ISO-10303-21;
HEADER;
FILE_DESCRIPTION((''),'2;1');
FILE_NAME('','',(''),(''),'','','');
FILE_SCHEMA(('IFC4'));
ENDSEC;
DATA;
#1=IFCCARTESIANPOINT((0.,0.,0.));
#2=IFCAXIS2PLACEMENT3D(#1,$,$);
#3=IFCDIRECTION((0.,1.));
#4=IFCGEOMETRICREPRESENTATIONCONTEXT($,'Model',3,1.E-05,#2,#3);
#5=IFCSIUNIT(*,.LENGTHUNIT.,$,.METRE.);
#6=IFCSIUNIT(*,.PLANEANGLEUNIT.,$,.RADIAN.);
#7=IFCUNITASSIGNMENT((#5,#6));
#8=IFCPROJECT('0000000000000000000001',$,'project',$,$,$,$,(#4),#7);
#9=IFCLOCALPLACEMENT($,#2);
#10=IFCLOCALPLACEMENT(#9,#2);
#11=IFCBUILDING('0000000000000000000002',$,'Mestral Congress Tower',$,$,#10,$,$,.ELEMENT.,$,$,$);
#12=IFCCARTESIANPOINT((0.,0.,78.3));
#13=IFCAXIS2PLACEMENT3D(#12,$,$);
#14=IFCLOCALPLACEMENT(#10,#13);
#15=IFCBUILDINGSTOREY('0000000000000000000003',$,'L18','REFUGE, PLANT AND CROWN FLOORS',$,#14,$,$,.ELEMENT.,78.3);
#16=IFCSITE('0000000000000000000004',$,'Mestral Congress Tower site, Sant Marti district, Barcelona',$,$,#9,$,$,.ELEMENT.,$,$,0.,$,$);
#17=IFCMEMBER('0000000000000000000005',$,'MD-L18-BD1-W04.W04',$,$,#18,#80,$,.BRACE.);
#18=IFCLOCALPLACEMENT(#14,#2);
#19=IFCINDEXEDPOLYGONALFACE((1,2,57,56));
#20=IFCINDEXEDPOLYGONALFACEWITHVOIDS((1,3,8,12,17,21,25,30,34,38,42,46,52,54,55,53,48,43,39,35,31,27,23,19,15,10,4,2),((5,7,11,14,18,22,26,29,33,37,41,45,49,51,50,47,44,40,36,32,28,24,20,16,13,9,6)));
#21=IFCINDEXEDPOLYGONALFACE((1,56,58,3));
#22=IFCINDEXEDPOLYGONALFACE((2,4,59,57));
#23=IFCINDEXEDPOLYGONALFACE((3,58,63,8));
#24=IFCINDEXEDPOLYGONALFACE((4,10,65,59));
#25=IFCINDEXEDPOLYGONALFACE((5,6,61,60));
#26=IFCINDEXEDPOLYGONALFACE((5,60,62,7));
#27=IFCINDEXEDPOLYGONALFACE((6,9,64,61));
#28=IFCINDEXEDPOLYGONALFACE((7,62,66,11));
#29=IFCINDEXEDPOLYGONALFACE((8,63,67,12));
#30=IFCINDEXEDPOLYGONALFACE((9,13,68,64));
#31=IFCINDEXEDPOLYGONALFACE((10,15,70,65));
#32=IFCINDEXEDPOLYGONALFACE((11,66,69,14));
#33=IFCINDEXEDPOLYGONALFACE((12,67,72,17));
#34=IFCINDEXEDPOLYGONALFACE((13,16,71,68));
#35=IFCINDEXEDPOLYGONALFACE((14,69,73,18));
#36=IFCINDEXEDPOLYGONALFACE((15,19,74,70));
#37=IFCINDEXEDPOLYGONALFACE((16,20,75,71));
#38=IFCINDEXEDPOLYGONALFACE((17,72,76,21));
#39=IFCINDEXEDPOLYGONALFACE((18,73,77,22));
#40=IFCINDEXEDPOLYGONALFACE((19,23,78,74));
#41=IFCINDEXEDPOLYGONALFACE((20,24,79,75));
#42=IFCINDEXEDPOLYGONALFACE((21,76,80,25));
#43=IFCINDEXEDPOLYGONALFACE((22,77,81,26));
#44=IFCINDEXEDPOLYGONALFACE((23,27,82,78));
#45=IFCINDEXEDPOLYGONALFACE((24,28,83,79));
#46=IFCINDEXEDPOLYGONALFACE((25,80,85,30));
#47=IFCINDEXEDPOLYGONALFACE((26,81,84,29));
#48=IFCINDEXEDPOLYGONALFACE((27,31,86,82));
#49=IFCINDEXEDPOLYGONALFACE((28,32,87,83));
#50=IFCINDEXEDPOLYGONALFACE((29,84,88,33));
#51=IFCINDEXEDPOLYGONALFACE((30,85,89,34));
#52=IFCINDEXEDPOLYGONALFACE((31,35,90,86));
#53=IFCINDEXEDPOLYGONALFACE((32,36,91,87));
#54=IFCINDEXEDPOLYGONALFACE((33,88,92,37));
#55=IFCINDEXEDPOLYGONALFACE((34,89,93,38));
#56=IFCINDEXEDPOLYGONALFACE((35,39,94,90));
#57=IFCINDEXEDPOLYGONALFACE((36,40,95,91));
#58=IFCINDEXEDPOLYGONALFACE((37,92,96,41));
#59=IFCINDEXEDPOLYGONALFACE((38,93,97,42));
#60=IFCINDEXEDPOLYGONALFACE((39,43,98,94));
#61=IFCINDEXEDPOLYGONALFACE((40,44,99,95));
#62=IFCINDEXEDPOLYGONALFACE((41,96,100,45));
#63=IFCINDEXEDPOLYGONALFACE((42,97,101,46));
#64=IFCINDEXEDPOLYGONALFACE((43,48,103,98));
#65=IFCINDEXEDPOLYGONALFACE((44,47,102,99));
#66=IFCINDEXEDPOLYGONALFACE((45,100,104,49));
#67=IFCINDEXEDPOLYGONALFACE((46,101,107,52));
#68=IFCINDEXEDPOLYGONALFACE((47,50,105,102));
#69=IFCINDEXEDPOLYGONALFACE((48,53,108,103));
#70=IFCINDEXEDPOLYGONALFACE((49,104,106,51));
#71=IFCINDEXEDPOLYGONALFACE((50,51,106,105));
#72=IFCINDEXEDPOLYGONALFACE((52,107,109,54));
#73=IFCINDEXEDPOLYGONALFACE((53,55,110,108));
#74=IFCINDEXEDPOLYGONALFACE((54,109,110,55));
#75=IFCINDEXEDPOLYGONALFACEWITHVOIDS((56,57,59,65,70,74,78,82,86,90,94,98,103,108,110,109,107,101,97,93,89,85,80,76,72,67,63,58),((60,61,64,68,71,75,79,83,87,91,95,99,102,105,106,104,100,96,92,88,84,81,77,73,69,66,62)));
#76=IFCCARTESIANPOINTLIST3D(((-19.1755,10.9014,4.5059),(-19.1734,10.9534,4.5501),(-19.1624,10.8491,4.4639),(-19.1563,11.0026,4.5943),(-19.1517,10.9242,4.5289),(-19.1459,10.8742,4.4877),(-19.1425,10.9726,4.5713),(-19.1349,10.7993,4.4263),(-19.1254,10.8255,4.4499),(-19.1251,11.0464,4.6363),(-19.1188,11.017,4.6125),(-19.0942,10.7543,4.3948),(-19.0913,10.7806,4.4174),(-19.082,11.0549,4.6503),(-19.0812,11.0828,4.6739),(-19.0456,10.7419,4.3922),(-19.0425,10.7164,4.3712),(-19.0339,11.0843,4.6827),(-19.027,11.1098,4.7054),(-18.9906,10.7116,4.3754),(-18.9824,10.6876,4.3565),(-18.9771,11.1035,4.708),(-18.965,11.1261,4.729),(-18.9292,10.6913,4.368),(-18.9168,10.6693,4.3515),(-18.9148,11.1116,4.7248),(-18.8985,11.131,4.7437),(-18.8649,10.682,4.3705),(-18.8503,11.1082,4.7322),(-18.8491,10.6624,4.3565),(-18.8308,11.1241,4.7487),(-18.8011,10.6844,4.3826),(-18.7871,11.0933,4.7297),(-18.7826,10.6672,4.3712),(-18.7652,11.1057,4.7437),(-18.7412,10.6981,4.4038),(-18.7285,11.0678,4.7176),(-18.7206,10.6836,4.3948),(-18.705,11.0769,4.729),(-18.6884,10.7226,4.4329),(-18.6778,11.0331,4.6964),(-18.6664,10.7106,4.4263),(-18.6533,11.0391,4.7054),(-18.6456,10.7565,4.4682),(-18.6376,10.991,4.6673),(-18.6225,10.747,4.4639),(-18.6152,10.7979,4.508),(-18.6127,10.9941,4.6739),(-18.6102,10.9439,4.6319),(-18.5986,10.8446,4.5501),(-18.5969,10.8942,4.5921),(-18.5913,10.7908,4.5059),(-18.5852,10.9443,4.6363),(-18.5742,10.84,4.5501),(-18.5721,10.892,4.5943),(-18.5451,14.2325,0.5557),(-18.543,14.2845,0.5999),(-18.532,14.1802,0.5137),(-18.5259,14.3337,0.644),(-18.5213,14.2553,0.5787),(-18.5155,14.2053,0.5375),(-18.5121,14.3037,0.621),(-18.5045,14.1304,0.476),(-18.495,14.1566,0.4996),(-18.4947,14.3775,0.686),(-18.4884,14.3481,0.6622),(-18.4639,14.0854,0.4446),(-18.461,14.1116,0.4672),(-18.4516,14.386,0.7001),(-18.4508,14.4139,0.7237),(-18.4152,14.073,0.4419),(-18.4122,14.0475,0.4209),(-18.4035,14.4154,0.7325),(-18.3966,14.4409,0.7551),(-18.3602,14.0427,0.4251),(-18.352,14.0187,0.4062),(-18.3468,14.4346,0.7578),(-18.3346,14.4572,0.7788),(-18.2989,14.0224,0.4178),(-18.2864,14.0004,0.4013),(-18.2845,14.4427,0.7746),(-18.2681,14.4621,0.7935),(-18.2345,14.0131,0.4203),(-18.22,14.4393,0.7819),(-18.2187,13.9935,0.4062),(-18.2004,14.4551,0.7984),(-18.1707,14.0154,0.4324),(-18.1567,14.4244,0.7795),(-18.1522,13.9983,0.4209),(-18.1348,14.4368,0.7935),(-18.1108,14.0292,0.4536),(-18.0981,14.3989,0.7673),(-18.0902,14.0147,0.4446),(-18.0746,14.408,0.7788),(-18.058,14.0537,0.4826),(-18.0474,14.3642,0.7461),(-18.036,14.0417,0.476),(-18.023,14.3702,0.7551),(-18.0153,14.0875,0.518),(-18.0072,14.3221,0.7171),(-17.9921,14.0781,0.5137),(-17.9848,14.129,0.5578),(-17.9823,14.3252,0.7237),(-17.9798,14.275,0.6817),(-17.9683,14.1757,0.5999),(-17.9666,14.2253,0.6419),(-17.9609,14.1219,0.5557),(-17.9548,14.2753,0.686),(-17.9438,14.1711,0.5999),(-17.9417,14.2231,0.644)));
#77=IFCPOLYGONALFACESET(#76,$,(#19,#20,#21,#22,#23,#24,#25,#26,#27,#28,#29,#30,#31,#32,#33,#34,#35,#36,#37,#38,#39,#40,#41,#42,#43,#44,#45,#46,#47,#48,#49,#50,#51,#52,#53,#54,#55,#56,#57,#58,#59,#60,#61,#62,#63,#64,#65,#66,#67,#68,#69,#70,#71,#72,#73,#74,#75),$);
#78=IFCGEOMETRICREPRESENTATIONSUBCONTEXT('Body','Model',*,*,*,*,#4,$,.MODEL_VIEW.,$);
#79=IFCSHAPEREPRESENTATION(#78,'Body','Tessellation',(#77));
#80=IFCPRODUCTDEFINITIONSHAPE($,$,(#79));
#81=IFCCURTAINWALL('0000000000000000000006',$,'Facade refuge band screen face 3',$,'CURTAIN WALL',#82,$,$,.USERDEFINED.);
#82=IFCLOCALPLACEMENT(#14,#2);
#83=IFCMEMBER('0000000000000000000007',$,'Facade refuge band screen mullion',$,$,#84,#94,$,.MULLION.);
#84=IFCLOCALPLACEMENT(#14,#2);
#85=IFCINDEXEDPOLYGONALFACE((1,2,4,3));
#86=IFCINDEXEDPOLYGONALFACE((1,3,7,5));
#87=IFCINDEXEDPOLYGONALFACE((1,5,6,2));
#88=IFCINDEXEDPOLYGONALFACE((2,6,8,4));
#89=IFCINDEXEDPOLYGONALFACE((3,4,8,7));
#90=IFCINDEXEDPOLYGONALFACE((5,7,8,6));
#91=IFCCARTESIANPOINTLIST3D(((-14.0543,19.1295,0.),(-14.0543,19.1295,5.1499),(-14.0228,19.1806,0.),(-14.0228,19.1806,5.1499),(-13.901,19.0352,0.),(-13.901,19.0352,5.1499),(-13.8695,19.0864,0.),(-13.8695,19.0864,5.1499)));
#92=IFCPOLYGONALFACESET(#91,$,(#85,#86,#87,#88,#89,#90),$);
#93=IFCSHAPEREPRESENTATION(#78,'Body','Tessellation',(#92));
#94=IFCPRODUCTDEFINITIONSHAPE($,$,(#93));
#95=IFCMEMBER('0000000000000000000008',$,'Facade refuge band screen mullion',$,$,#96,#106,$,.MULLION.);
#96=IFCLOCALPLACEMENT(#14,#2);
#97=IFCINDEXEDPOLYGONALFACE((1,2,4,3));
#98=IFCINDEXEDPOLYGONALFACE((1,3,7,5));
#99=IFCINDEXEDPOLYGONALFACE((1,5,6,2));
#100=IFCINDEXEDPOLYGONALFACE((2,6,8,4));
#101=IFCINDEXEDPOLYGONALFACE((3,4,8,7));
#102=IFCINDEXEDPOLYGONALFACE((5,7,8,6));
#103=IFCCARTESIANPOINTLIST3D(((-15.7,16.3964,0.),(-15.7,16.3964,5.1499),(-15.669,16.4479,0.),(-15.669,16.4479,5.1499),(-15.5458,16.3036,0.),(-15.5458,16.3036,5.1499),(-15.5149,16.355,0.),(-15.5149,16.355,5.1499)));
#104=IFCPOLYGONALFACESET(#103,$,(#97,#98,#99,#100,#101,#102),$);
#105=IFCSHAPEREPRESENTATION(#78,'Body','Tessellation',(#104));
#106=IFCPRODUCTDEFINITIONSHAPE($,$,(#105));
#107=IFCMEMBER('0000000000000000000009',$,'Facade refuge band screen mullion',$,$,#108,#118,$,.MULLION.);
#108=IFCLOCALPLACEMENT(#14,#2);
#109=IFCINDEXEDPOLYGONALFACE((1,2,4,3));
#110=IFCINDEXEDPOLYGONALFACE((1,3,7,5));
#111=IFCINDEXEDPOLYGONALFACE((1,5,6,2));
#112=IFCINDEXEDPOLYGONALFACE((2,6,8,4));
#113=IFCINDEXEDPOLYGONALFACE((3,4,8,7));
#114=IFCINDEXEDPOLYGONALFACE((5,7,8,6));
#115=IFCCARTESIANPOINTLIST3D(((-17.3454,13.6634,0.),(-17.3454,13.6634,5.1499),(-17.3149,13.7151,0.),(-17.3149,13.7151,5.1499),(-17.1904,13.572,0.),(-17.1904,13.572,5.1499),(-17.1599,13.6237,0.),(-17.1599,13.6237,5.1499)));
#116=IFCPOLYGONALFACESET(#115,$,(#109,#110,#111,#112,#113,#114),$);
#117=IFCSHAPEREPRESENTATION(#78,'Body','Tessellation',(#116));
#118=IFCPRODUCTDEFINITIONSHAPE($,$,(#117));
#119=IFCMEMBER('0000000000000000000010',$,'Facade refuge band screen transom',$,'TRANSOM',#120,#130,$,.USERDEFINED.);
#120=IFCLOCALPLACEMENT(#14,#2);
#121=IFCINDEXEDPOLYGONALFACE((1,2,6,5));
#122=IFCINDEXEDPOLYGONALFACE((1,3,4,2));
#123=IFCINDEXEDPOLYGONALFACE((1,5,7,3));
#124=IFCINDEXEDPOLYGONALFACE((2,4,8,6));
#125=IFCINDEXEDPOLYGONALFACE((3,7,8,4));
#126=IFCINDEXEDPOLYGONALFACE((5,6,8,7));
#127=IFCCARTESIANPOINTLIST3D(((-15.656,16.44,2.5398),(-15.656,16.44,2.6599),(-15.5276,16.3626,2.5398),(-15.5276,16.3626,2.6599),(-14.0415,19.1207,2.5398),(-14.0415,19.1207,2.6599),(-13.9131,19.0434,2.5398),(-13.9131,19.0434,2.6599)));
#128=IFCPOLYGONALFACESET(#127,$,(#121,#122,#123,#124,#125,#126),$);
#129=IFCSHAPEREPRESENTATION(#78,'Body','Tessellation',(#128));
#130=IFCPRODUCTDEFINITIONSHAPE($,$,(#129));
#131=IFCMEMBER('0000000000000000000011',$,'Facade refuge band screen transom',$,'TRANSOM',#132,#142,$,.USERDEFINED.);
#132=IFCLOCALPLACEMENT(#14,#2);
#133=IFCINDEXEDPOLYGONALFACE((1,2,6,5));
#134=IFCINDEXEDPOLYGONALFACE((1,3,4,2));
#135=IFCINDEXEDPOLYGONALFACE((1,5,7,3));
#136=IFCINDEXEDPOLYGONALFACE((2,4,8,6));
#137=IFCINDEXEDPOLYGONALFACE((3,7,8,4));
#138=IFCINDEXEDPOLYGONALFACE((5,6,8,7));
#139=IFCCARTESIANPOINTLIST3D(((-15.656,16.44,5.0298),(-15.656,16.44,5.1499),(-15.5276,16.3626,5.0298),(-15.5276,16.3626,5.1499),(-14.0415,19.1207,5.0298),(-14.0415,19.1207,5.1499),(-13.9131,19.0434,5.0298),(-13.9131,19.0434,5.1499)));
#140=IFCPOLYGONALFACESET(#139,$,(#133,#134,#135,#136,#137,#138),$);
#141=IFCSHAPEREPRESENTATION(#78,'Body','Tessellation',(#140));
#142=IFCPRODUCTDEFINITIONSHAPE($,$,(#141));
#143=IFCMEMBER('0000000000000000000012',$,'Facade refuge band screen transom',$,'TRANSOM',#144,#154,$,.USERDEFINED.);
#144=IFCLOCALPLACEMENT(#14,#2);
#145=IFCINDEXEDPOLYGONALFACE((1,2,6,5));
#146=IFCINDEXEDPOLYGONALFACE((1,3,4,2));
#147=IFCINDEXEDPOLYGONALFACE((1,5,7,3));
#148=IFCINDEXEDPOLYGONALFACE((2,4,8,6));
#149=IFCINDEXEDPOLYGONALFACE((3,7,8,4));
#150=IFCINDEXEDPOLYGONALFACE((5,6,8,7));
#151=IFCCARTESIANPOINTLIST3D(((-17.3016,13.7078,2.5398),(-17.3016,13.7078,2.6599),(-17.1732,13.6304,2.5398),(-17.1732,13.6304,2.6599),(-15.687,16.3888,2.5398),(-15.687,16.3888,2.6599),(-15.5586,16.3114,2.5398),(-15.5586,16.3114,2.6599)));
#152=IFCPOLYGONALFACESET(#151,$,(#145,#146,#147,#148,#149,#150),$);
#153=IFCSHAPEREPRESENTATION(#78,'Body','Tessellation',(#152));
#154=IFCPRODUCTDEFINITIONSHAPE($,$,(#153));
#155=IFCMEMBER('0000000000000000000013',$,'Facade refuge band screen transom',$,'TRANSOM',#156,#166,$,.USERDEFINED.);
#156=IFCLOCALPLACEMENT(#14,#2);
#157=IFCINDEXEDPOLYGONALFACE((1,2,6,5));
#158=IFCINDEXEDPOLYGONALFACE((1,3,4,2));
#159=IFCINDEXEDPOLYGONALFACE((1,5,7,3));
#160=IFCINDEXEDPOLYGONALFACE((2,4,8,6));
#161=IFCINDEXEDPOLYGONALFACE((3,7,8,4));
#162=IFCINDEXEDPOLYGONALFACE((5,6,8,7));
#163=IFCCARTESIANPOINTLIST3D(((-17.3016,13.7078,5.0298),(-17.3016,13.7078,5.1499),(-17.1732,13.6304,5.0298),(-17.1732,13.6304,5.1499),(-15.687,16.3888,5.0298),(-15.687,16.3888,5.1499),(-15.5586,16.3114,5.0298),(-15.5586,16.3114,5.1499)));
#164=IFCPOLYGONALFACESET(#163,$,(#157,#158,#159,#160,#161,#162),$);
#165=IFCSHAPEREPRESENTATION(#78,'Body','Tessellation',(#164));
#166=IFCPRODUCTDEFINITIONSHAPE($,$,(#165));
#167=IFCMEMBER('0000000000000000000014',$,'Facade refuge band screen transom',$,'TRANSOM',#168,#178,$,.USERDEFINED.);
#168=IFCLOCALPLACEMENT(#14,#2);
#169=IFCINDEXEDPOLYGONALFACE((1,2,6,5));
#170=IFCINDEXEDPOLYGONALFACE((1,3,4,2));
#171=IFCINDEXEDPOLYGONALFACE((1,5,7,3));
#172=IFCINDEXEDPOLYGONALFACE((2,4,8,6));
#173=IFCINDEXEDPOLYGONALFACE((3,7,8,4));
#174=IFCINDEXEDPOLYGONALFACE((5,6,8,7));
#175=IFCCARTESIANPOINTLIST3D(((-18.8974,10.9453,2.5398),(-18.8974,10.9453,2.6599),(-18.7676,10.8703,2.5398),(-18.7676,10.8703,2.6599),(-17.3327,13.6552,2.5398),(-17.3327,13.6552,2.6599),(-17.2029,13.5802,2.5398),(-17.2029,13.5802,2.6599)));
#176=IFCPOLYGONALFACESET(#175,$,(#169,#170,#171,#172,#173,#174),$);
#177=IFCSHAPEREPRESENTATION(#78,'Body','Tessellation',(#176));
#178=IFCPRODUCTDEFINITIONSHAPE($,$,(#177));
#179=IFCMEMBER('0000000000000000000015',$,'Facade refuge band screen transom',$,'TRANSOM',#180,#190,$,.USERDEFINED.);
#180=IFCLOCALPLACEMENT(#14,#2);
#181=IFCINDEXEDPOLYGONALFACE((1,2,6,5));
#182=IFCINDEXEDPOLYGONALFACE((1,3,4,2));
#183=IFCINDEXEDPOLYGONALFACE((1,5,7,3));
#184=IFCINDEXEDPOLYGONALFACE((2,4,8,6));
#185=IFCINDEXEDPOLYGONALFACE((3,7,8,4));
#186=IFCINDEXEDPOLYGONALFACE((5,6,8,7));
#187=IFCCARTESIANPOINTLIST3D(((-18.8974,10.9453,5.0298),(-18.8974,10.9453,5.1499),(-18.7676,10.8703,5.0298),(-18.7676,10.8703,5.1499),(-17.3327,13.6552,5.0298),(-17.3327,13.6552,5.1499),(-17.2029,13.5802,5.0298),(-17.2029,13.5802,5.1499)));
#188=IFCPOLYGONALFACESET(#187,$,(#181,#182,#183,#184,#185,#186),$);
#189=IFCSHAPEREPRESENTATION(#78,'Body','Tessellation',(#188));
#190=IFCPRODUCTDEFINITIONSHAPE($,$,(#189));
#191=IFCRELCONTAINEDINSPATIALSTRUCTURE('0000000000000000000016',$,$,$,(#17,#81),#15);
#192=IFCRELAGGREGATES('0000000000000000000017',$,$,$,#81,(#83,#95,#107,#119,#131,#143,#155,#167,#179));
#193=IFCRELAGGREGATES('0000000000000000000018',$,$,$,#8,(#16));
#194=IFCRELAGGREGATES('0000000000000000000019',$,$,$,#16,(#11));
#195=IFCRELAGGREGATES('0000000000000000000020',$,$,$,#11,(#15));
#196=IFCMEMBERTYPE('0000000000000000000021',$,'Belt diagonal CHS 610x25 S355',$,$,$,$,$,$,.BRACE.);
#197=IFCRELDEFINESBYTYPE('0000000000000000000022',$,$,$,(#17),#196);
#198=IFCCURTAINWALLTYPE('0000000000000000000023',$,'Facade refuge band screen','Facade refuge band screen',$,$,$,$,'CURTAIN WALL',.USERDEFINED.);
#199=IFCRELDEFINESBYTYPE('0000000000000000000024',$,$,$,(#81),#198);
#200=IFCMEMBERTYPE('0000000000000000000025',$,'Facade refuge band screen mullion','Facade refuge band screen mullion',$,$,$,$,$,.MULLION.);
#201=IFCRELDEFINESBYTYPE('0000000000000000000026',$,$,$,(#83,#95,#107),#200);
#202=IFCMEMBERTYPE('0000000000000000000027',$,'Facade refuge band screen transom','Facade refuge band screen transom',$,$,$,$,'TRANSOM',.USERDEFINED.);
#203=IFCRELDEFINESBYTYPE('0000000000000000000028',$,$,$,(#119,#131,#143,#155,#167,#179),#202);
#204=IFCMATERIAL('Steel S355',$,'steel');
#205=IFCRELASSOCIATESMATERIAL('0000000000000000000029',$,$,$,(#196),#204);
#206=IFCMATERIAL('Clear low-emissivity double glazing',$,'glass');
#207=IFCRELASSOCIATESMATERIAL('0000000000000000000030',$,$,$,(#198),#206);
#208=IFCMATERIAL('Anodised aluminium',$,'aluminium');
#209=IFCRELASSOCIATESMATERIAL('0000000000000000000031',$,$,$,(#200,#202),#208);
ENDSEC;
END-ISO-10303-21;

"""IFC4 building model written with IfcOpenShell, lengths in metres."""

from ifc_helpers import new_model, si_unit, direction, frame, origin, origin_2d, place, context, subcontext, project, spatial, rectangle, hollow_circle, extrude, material, material_profile, profile_set, type_object, element, aggregate, save


model = new_model("IFC4")

# Units and contexts
model_context = context("Model", 3, precision=1e-05, world=origin(), true_north=direction((0.0, 1.0)))
body_context = subcontext(model_context, "Body", "Model", "MODEL_VIEW")
ifc_project = project(units=[si_unit("LENGTHUNIT", "METRE"), si_unit("PLANEANGLEUNIT", "RADIAN")], contexts=[model_context])

# Site, building, storey
site_placement = place(None, origin())
site = spatial("IfcSite", under=ifc_project, at=site_placement, Name="Mestral Congress Tower site, Sant Marti district, Barcelona", CompositionType="ELEMENT", RefElevation=0.0)
building_placement = place(site_placement, origin())
building = spatial("IfcBuilding", under=site, at=building_placement, Name="Mestral Congress Tower", CompositionType="ELEMENT")
storey_placement = place(building_placement, frame((0.0, 0.0, 78.3)))
storey = spatial("IfcBuildingStorey", under=building, at=storey_placement, Name="L18", Description="REFUGE, PLANT AND CROWN FLOORS", CompositionType="ELEMENT", Elevation=78.3)

# Member
ifc_material_1 = material(Name="Steel S355", Category="steel")
ifc_material_profile_1 = material_profile(ifc_material_1, hollow_circle(Radius=0.3049, WallThickness=0.0249, at=origin_2d()), Name="CHS 610x25")
ifc_profile_set_1 = profile_set([ifc_material_profile_1], Name="Steel S355")
member_type_1 = type_object("IfcMemberType", Name="Belt diagonal CHS 610x25 S355", PredefinedType="BRACE", material=ifc_profile_set_1)
member_1_placement = place(storey_placement, frame((-18.2434, 14.2278, 0.5999), z_axis=(-0.121097, -0.639909, 0.758849), x_axis=(0.982561, -0.185941, 0.0)))
element("IfcMember", 1, at=member_1_placement, inside=storey, type_object=member_type_1, Name="MD-L18-BD1-W04.W04", PredefinedType="BRACE", context=body_context, shape_type="SweptSolid", body=[
    extrude(hollow_circle(Radius=0.3049, WallThickness=0.0249, at=origin_2d()), origin(), (0.0, 0.0, 1.0), 5.2056),
])

# Curtain wall, members
ifc_material_2 = material(Name="Clear low-emissivity double glazing", Category="glass")
curtain_wall_type = type_object("IfcCurtainWallType", Name="Facade refuge band screen", Description="Facade refuge band screen", ElementType="CURTAIN WALL", PredefinedType="USERDEFINED", material=ifc_material_2)
curtain_wall_placement = place(storey_placement, origin())
curtain_wall = element("IfcCurtainWall", 2, at=curtain_wall_placement, inside=storey, type_object=curtain_wall_type, Name="Facade refuge band screen face 3", ObjectType="CURTAIN WALL", PredefinedType="USERDEFINED")
ifc_material_3 = material(Name="Anodised aluminium", Category="aluminium")
ifc_material_profile_2 = material_profile(ifc_material_3, rectangle(XDim=0.1799, YDim=0.0601, at=origin_2d()), Name="CW3 mullion 180 x 60")
ifc_profile_set_2 = profile_set([ifc_material_profile_2], Name="Anodised aluminium")
member_type_2 = type_object("IfcMemberType", Name="Facade refuge band screen mullion", Description="Facade refuge band screen mullion", PredefinedType="MULLION", material=ifc_profile_set_2)
member_2_placement = place(storey_placement, frame((-13.9619, 19.1079, 0.0), z_axis=(0.0, 0.0, 1.0), x_axis=(-0.851829, 0.523819, 0.0)))
member_2 = element("IfcMember", 3, at=member_2_placement, type_object=member_type_2, Name="Facade refuge band screen mullion", PredefinedType="MULLION", context=body_context, shape_type="SweptSolid", body=[
    extrude(rectangle(XDim=0.1799, YDim=0.0601, at=origin_2d()), origin(), (0.0, 0.0, 1.0), 5.1499),
])
member_3_placement = place(storey_placement, frame((-15.6074, 16.3757, 0.0), z_axis=(0.0, 0.0, 1.0), x_axis=(-0.856635, 0.515923, 0.0)))
member_3 = element("IfcMember", 4, at=member_3_placement, type_object=member_type_2, Name="Facade refuge band screen mullion", PredefinedType="MULLION", context=body_context, shape_type="SweptSolid", body=[
    extrude(rectangle(XDim=0.1799, YDim=0.0601, at=origin_2d()), origin(), (0.0, 0.0, 1.0), 5.1499),
])
member_4_placement = place(storey_placement, frame((-17.2527, 13.6436, 0.0), z_axis=(0.0, 0.0, 1.0), x_axis=(-0.861367, 0.507983, 0.0)))
member_4 = element("IfcMember", 5, at=member_4_placement, type_object=member_type_2, Name="Facade refuge band screen mullion", PredefinedType="MULLION", context=body_context, shape_type="SweptSolid", body=[
    extrude(rectangle(XDim=0.1799, YDim=0.0601, at=origin_2d()), origin(), (0.0, 0.0, 1.0), 5.1499),
])
ifc_material_profile_3 = material_profile(ifc_material_3, rectangle(XDim=0.1499, YDim=0.1201, at=origin_2d()), Name="CW3 transom 150 x 120")
ifc_profile_set_3 = profile_set([ifc_material_profile_3], Name="Anodised aluminium")
member_type_3 = type_object("IfcMemberType", Name="Facade refuge band screen transom", Description="Facade refuge band screen transom", ElementType="TRANSOM", PredefinedType="USERDEFINED", material=ifc_profile_set_3)
member_5_placement = place(storey_placement, frame((-13.9773, 19.082, 2.5999), z_axis=(-0.515929, -0.856631, 0.0), x_axis=(0.856631, -0.515929, 0.0)))
member_5 = element("IfcMember", 6, at=member_5_placement, type_object=member_type_3, Name="Facade refuge band screen transom", ObjectType="TRANSOM", PredefinedType="USERDEFINED", context=body_context, shape_type="SweptSolid", body=[
    extrude(rectangle(XDim=0.1499, YDim=0.1201, at=origin_2d()), origin(), (0.0, 0.0, 1.0), 3.1294),
])
member_6_placement = place(storey_placement, frame((-13.9773, 19.082, 5.0898), z_axis=(-0.515929, -0.856631, 0.0), x_axis=(0.856631, -0.515929, 0.0)))
member_6 = element("IfcMember", 7, at=member_6_placement, type_object=member_type_3, Name="Facade refuge band screen transom", ObjectType="TRANSOM", PredefinedType="USERDEFINED", context=body_context, shape_type="SweptSolid", body=[
    extrude(rectangle(XDim=0.1499, YDim=0.1201, at=origin_2d()), origin(), (0.0, 0.0, 1.0), 3.1294),
])
member_7_placement = place(storey_placement, frame((-15.6228, 16.3501, 2.5999), z_axis=(-0.515895, -0.856652, 0.0), x_axis=(0.856652, -0.515895, 0.0)))
member_7 = element("IfcMember", 8, at=member_7_placement, type_object=member_type_3, Name="Facade refuge band screen transom", ObjectType="TRANSOM", PredefinedType="USERDEFINED", context=body_context, shape_type="SweptSolid", body=[
    extrude(rectangle(XDim=0.1499, YDim=0.1201, at=origin_2d()), origin(), (0.0, 0.0, 1.0), 3.1296),
])
member_8_placement = place(storey_placement, frame((-15.6228, 16.3501, 5.0898), z_axis=(-0.515895, -0.856652, 0.0), x_axis=(0.856652, -0.515895, 0.0)))
member_8 = element("IfcMember", 9, at=member_8_placement, type_object=member_type_3, Name="Facade refuge band screen transom", ObjectType="TRANSOM", PredefinedType="USERDEFINED", context=body_context, shape_type="SweptSolid", body=[
    extrude(rectangle(XDim=0.1499, YDim=0.1201, at=origin_2d()), origin(), (0.0, 0.0, 1.0), 3.1296),
])
member_9_placement = place(storey_placement, frame((-17.2678, 13.6177, 2.5999), z_axis=(-0.500024, -0.866011, 0.0), x_axis=(0.866011, -0.500024, 0.0)))
member_9 = element("IfcMember", 10, at=member_9_placement, type_object=member_type_3, Name="Facade refuge band screen transom", ObjectType="TRANSOM", PredefinedType="USERDEFINED", context=body_context, shape_type="SweptSolid", body=[
    extrude(rectangle(XDim=0.1499, YDim=0.1201, at=origin_2d()), origin(), (0.0, 0.0, 1.0), 3.1292),
])
member_10_placement = place(storey_placement, frame((-17.2678, 13.6177, 5.0898), z_axis=(-0.500024, -0.866011, 0.0), x_axis=(0.866011, -0.500024, 0.0)))
member_10 = element("IfcMember", 11, at=member_10_placement, type_object=member_type_3, Name="Facade refuge band screen transom", ObjectType="TRANSOM", PredefinedType="USERDEFINED", context=body_context, shape_type="SweptSolid", body=[
    extrude(rectangle(XDim=0.1499, YDim=0.1201, at=origin_2d()), origin(), (0.0, 0.0, 1.0), 3.1292),
])

aggregate(curtain_wall, [member_2, member_3, member_4, member_5, member_6, member_7, member_8, member_9, member_10])

save(model, "model.ifc")
